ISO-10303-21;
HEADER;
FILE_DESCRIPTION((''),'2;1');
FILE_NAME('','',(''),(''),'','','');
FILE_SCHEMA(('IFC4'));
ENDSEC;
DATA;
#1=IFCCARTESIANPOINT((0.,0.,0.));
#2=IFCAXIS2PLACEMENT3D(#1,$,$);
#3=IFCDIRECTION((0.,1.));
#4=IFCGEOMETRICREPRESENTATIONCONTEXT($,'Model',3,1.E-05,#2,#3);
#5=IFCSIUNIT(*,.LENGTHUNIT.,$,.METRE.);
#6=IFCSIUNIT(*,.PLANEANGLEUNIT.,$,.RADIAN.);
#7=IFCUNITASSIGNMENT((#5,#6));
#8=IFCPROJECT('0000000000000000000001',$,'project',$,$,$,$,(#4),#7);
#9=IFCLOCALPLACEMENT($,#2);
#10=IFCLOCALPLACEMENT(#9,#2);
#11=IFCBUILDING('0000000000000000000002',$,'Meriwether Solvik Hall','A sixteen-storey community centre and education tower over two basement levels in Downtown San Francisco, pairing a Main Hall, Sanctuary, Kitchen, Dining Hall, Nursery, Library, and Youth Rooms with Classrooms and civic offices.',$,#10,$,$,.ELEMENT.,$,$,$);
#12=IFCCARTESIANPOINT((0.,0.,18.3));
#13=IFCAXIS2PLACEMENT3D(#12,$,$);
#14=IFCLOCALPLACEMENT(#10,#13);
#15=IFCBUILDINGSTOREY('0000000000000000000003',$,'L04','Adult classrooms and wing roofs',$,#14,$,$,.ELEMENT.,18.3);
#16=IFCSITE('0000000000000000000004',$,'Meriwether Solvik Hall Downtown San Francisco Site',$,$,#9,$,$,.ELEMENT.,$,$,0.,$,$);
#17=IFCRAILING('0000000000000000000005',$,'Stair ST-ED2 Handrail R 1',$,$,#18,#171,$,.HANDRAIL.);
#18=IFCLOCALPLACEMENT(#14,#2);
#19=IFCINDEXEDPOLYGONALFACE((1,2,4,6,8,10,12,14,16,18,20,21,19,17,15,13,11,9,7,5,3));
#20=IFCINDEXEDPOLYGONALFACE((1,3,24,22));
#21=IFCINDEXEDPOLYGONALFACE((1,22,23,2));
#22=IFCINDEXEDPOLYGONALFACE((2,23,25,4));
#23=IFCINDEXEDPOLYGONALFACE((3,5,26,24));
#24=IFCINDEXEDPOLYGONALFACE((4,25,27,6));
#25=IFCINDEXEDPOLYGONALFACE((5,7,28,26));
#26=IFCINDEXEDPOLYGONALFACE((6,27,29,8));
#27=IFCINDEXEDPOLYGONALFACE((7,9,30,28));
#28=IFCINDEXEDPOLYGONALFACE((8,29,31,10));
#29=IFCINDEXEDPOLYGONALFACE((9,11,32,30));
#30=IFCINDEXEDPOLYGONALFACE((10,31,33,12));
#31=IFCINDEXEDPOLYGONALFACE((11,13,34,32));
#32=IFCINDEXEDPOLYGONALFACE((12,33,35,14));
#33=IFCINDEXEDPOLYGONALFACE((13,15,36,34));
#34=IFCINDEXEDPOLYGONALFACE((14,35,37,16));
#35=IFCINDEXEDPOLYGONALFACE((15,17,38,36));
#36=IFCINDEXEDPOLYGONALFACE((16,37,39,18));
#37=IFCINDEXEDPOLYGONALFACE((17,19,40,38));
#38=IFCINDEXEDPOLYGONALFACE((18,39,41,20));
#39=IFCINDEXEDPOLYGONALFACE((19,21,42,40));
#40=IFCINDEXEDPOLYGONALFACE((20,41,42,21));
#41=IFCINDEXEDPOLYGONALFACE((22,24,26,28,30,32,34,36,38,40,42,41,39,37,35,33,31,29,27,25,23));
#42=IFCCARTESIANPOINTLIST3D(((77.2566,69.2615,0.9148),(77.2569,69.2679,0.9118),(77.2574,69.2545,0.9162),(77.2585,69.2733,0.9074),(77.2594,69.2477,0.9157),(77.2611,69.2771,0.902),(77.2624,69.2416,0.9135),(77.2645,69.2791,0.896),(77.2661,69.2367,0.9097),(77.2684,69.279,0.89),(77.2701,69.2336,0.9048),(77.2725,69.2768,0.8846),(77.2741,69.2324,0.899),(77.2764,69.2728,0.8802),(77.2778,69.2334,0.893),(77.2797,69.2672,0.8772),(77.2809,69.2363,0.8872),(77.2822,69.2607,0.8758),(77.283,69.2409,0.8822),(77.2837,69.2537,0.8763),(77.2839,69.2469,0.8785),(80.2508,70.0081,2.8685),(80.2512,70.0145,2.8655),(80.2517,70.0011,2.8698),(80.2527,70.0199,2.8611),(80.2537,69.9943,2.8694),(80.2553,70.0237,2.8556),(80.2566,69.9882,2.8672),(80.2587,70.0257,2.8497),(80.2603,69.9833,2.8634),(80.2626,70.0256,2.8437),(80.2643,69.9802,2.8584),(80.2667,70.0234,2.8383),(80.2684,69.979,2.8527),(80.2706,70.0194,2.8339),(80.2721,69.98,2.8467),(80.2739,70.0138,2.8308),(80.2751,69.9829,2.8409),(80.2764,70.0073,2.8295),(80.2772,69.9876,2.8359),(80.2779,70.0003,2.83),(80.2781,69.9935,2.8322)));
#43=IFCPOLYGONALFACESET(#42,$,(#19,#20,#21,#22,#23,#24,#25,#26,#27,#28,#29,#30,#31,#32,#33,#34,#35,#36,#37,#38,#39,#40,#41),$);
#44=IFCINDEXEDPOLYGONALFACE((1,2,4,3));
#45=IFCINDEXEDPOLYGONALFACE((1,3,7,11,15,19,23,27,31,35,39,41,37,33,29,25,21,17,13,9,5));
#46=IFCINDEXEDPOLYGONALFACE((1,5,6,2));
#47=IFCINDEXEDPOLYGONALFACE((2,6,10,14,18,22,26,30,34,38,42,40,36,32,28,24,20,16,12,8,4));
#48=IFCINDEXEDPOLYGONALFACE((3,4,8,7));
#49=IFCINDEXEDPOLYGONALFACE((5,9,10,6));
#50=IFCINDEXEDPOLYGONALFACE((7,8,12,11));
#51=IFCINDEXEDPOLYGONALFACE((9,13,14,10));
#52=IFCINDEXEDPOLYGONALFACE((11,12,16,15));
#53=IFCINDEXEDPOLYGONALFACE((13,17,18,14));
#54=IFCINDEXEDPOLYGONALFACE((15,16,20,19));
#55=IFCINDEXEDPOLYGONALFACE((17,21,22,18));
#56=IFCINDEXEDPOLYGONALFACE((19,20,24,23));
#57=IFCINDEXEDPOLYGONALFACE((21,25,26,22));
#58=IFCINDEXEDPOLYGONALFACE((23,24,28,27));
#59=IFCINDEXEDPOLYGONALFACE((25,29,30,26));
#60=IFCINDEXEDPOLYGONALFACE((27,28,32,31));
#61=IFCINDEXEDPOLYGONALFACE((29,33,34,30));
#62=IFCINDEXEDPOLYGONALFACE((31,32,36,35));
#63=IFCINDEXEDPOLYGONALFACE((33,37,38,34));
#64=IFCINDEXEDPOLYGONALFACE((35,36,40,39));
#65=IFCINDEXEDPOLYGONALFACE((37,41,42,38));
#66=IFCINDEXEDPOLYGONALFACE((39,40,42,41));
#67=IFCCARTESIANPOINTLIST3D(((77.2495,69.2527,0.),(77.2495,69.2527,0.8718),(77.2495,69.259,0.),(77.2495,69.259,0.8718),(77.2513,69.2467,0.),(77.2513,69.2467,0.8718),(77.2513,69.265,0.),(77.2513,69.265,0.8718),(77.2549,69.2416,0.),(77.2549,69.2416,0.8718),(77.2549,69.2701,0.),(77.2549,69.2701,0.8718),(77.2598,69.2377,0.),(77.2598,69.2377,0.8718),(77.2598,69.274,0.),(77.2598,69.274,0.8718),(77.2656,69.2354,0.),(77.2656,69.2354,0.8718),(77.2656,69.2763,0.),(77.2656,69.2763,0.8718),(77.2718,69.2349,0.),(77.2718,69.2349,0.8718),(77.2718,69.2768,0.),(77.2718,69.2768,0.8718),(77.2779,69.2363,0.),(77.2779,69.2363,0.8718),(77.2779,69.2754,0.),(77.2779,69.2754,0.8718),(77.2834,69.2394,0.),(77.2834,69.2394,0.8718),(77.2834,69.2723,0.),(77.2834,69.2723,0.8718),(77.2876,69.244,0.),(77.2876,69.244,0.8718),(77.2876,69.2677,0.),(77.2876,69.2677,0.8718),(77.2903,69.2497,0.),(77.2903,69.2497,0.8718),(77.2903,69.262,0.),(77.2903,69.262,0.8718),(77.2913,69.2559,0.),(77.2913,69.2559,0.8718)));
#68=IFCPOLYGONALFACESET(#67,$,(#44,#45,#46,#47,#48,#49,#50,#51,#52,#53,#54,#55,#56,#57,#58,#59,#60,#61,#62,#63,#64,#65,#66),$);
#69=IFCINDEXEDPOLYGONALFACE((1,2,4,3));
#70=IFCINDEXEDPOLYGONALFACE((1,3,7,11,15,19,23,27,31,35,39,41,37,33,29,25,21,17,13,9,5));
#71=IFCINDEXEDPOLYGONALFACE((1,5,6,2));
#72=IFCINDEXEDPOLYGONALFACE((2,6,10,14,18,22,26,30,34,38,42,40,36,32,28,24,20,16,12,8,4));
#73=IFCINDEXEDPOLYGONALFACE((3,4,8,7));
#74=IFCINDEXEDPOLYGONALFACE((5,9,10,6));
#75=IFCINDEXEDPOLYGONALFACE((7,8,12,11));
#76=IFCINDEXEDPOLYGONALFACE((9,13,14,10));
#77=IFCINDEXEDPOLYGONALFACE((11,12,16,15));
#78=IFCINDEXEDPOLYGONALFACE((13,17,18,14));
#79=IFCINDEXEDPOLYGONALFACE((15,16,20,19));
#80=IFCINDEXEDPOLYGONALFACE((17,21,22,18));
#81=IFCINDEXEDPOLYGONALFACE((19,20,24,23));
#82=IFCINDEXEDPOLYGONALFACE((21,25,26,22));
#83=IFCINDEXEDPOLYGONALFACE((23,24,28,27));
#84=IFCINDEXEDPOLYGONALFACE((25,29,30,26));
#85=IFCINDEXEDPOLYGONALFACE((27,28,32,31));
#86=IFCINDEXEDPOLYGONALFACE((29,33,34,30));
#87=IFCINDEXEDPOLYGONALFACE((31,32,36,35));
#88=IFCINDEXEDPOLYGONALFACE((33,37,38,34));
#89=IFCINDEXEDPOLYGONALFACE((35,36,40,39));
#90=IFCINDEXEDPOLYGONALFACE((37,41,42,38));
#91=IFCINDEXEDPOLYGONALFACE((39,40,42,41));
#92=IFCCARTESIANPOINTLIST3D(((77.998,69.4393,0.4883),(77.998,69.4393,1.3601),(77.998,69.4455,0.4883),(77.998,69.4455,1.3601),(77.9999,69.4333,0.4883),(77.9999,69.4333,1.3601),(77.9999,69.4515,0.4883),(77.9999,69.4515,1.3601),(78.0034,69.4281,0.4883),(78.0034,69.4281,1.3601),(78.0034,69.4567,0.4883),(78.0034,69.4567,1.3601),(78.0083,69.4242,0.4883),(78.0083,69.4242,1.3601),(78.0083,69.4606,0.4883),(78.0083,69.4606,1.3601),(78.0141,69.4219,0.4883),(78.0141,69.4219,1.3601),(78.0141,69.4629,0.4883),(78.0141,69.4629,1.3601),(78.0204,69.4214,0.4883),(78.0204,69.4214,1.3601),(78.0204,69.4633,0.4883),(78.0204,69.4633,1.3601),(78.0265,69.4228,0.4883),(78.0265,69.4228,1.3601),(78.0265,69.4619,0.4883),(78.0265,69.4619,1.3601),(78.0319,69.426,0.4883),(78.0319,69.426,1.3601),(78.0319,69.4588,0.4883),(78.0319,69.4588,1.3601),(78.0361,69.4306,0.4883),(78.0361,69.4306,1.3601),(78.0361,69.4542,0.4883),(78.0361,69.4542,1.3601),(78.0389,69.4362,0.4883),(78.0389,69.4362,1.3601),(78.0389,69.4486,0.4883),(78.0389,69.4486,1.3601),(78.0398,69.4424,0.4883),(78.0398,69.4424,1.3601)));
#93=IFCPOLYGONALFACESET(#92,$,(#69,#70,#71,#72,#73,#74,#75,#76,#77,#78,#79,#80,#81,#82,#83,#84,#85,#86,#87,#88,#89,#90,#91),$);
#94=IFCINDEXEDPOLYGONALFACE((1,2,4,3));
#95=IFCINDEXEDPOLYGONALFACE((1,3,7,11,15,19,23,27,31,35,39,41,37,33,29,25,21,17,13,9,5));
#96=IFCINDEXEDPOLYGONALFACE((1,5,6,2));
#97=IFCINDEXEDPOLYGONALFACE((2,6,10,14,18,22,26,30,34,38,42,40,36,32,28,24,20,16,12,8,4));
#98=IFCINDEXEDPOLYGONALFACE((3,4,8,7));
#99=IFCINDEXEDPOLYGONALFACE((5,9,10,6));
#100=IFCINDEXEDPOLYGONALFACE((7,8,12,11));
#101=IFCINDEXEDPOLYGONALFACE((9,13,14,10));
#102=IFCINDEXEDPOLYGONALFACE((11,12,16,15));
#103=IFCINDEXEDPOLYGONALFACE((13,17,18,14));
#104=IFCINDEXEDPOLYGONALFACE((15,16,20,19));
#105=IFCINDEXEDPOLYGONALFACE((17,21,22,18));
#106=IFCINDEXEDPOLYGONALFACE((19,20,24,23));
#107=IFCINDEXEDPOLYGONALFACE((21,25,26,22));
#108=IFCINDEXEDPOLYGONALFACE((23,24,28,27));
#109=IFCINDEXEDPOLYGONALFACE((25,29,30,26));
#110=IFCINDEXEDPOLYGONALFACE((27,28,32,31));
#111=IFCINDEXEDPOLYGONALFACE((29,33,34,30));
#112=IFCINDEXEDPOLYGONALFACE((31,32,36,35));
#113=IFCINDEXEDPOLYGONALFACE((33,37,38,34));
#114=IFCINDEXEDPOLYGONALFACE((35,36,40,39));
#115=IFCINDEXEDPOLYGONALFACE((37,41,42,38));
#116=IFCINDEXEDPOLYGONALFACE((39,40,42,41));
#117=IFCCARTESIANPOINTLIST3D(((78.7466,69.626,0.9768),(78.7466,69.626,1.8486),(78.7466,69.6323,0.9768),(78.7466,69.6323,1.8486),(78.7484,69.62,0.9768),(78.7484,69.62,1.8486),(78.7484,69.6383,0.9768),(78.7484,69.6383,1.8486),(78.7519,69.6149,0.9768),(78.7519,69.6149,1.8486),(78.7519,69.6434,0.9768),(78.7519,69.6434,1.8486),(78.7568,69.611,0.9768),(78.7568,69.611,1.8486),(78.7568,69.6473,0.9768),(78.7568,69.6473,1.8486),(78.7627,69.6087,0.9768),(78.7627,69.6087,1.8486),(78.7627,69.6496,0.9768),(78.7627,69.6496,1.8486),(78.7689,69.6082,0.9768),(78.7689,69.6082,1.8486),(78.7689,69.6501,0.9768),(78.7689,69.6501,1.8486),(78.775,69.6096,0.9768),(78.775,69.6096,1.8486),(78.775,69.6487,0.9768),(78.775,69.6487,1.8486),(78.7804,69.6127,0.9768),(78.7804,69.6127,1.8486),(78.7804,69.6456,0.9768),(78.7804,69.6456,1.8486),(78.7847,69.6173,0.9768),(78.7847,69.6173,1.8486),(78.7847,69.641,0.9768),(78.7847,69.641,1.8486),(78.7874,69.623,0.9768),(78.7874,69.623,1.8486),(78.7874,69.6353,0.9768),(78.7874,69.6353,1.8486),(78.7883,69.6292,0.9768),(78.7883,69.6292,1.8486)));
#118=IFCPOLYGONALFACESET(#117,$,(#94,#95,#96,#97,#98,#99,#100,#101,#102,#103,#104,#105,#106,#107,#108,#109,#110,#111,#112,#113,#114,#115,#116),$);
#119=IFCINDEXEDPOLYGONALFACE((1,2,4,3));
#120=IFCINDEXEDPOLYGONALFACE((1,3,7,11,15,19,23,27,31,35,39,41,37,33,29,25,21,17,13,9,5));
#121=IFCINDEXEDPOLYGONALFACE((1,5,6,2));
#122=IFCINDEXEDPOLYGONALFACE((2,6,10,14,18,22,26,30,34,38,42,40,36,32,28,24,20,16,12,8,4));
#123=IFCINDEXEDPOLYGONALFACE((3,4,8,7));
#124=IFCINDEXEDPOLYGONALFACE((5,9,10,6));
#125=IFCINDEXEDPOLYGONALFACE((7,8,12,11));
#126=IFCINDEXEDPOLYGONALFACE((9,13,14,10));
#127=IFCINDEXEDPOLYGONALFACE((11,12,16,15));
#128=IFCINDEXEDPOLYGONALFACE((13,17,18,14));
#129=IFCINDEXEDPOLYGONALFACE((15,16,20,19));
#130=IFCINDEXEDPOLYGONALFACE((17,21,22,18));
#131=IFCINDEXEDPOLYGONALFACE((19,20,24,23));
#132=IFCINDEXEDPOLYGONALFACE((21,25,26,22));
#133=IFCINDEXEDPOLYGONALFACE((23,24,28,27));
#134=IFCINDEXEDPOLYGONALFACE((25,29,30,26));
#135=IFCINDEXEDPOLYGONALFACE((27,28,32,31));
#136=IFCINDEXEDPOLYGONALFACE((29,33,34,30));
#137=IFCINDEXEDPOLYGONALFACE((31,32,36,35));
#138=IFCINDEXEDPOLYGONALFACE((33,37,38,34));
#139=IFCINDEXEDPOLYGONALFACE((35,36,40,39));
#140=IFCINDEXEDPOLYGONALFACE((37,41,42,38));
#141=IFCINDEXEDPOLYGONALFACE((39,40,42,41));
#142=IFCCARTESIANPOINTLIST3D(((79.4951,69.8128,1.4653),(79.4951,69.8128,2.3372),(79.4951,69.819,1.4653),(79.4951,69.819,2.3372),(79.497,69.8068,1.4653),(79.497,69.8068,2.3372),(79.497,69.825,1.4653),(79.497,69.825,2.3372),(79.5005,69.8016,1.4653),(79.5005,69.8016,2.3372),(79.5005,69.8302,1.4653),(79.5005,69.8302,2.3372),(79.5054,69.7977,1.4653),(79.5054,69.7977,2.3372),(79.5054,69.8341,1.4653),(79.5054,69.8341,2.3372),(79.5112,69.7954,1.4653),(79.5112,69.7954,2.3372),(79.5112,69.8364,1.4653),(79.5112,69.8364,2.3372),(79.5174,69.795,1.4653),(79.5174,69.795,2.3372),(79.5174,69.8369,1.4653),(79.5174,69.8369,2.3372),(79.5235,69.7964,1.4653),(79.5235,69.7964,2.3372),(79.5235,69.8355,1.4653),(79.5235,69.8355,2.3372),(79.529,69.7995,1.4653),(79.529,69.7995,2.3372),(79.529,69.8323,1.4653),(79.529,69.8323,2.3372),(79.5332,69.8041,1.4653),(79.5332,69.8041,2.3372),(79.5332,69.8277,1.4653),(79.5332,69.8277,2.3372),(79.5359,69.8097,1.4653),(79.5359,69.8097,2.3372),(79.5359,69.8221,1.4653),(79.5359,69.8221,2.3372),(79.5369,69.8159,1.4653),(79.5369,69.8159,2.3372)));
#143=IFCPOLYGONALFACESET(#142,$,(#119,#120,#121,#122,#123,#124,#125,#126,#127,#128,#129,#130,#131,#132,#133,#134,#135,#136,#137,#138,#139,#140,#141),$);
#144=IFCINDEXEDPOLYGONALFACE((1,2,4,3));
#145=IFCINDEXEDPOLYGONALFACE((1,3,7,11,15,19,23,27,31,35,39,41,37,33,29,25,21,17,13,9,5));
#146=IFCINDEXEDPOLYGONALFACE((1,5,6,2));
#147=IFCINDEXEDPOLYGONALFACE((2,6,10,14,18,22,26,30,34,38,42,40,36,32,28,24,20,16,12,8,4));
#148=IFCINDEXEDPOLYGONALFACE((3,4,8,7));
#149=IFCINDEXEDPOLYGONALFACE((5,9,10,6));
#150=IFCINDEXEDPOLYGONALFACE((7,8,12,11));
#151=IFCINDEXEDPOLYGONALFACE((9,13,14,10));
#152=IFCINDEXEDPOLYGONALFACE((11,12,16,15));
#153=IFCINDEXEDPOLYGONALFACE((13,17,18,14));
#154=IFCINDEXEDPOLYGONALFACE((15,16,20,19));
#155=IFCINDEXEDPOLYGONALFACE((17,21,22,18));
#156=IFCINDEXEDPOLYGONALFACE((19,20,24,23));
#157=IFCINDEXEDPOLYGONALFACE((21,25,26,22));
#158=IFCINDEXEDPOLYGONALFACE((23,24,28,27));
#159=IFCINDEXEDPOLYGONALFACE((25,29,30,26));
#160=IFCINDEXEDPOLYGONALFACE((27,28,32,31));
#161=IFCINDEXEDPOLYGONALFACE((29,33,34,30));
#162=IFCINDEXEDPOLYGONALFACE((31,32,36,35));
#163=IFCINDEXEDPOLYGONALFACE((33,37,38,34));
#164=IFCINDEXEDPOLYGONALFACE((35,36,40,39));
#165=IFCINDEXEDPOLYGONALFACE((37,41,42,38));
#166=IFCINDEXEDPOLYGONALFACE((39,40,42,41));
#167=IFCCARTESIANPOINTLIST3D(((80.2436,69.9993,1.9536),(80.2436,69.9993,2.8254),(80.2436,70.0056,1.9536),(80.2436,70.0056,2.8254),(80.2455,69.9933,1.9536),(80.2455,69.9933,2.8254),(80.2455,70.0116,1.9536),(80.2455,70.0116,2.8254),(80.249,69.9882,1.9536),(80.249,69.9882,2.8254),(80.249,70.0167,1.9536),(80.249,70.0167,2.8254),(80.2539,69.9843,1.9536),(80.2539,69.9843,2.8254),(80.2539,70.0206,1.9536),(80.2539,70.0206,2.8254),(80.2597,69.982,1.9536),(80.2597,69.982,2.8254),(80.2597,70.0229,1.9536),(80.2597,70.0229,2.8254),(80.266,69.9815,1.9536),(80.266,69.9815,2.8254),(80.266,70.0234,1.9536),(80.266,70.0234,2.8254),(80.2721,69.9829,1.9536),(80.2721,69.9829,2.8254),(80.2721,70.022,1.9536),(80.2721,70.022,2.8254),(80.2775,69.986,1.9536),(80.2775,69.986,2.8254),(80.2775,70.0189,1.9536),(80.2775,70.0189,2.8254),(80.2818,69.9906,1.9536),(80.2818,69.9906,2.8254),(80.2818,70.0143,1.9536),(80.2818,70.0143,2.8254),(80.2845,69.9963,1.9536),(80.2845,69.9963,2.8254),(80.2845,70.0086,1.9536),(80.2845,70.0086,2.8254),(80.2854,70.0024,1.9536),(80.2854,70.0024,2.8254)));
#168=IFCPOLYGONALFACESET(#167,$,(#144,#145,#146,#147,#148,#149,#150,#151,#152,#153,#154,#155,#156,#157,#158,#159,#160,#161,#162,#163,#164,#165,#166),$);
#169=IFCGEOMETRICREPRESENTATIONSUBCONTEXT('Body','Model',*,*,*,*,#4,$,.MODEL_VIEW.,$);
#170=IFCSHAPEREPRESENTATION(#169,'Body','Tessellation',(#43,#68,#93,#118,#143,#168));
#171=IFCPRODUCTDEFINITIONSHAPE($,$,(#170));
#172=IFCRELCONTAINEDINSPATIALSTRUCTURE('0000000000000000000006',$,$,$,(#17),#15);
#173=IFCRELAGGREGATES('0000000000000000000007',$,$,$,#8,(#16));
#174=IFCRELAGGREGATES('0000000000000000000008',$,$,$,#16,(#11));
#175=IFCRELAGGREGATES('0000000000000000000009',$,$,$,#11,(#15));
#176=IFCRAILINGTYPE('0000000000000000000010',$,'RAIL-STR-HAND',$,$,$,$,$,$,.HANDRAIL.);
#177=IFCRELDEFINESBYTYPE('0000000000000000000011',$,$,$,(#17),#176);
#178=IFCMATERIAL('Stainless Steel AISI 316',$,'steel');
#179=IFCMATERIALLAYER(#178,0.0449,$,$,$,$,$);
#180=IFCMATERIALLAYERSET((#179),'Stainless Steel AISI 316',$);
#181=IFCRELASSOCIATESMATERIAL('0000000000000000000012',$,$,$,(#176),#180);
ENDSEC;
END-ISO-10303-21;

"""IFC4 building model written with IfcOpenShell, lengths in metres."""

from ifc_helpers import new_model, si_unit, direction, frame, origin, origin_2d, place, context, subcontext, project, spatial, circle, extrude, material, layer, layer_set, type_object, element, save


model = new_model("IFC4")

# Units and contexts
model_context = context("Model", 3, precision=1e-05, world=origin(), true_north=direction((0.0, 1.0)))
body_context = subcontext(model_context, "Body", "Model", "MODEL_VIEW")
ifc_project = project(units=[si_unit("LENGTHUNIT", "METRE"), si_unit("PLANEANGLEUNIT", "RADIAN")], contexts=[model_context])

# Site, building, storey
site_placement = place(None, origin())
site = spatial("IfcSite", under=ifc_project, at=site_placement, Name="Meriwether Solvik Hall Downtown San Francisco Site", CompositionType="ELEMENT", RefElevation=0.0)
building_placement = place(site_placement, origin())
building = spatial("IfcBuilding", under=site, at=building_placement, Name="Meriwether Solvik Hall", Description="A sixteen-storey community centre and education tower over two basement levels in Downtown San Francisco, pairing a Main Hall, Sanctuary, Kitchen, Dining Hall, Nursery, Library, and Youth Rooms with Classrooms and civic offices.", CompositionType="ELEMENT")
storey_placement = place(building_placement, frame((0.0, 0.0, 18.3)))
storey = spatial("IfcBuildingStorey", under=building, at=storey_placement, Name="L04", Description="Adult classrooms and wing roofs", CompositionType="ELEMENT", Elevation=18.3)

# Railing
ifc_material_1 = material(Name="Stainless Steel AISI 316", Category="steel")
ifc_layer_1 = layer(ifc_material_1, 0.0449)
ifc_layer_set_1 = layer_set([ifc_layer_1], Name="Stainless Steel AISI 316")
railing_type_1 = type_object("IfcRailingType", Name="RAIL-STR-HAND", PredefinedType="HANDRAIL", material=ifc_layer_set_1)
for number, where, name in (
    (1, (77.2703, 69.2559, 0.0), "Stair ST-ED2 Handrail R 1"),
):
    element("IfcRailing", number, at=place(storey_placement, frame(where)), inside=storey, type_object=railing_type_1, Name=name, PredefinedType="HANDRAIL", context=body_context, shape_type="SweptSolid", body=[
        extrude(circle(Radius=0.0239, at=origin_2d()), frame((0.0, 0.0, 0.896), z_axis=(0.819809, 0.204417, 0.534908), x_axis=(-0.24194, 0.970291, 0.0)), (0.0, 0.0, 1.0), 3.6523),
        extrude(circle(Radius=0.021, at=origin_2d()), origin(), (0.0, 0.0, 1.0), 0.8718),
        extrude(circle(Radius=0.021, at=origin_2d()), frame((0.7485, 0.1865, 0.4883)), (0.0, 0.0, 1.0), 0.8718),
        extrude(circle(Radius=0.021, at=origin_2d()), frame((1.4971, 0.3733, 0.9768)), (0.0, 0.0, 1.0), 0.8718),
        extrude(circle(Radius=0.021, at=origin_2d()), frame((2.2456, 0.5601, 1.4653)), (0.0, 0.0, 1.0), 0.8718),
        extrude(circle(Radius=0.021, at=origin_2d()), frame((2.9941, 0.7466, 1.9536)), (0.0, 0.0, 1.0), 0.8718),
    ])

save(model, "model.ifc")
